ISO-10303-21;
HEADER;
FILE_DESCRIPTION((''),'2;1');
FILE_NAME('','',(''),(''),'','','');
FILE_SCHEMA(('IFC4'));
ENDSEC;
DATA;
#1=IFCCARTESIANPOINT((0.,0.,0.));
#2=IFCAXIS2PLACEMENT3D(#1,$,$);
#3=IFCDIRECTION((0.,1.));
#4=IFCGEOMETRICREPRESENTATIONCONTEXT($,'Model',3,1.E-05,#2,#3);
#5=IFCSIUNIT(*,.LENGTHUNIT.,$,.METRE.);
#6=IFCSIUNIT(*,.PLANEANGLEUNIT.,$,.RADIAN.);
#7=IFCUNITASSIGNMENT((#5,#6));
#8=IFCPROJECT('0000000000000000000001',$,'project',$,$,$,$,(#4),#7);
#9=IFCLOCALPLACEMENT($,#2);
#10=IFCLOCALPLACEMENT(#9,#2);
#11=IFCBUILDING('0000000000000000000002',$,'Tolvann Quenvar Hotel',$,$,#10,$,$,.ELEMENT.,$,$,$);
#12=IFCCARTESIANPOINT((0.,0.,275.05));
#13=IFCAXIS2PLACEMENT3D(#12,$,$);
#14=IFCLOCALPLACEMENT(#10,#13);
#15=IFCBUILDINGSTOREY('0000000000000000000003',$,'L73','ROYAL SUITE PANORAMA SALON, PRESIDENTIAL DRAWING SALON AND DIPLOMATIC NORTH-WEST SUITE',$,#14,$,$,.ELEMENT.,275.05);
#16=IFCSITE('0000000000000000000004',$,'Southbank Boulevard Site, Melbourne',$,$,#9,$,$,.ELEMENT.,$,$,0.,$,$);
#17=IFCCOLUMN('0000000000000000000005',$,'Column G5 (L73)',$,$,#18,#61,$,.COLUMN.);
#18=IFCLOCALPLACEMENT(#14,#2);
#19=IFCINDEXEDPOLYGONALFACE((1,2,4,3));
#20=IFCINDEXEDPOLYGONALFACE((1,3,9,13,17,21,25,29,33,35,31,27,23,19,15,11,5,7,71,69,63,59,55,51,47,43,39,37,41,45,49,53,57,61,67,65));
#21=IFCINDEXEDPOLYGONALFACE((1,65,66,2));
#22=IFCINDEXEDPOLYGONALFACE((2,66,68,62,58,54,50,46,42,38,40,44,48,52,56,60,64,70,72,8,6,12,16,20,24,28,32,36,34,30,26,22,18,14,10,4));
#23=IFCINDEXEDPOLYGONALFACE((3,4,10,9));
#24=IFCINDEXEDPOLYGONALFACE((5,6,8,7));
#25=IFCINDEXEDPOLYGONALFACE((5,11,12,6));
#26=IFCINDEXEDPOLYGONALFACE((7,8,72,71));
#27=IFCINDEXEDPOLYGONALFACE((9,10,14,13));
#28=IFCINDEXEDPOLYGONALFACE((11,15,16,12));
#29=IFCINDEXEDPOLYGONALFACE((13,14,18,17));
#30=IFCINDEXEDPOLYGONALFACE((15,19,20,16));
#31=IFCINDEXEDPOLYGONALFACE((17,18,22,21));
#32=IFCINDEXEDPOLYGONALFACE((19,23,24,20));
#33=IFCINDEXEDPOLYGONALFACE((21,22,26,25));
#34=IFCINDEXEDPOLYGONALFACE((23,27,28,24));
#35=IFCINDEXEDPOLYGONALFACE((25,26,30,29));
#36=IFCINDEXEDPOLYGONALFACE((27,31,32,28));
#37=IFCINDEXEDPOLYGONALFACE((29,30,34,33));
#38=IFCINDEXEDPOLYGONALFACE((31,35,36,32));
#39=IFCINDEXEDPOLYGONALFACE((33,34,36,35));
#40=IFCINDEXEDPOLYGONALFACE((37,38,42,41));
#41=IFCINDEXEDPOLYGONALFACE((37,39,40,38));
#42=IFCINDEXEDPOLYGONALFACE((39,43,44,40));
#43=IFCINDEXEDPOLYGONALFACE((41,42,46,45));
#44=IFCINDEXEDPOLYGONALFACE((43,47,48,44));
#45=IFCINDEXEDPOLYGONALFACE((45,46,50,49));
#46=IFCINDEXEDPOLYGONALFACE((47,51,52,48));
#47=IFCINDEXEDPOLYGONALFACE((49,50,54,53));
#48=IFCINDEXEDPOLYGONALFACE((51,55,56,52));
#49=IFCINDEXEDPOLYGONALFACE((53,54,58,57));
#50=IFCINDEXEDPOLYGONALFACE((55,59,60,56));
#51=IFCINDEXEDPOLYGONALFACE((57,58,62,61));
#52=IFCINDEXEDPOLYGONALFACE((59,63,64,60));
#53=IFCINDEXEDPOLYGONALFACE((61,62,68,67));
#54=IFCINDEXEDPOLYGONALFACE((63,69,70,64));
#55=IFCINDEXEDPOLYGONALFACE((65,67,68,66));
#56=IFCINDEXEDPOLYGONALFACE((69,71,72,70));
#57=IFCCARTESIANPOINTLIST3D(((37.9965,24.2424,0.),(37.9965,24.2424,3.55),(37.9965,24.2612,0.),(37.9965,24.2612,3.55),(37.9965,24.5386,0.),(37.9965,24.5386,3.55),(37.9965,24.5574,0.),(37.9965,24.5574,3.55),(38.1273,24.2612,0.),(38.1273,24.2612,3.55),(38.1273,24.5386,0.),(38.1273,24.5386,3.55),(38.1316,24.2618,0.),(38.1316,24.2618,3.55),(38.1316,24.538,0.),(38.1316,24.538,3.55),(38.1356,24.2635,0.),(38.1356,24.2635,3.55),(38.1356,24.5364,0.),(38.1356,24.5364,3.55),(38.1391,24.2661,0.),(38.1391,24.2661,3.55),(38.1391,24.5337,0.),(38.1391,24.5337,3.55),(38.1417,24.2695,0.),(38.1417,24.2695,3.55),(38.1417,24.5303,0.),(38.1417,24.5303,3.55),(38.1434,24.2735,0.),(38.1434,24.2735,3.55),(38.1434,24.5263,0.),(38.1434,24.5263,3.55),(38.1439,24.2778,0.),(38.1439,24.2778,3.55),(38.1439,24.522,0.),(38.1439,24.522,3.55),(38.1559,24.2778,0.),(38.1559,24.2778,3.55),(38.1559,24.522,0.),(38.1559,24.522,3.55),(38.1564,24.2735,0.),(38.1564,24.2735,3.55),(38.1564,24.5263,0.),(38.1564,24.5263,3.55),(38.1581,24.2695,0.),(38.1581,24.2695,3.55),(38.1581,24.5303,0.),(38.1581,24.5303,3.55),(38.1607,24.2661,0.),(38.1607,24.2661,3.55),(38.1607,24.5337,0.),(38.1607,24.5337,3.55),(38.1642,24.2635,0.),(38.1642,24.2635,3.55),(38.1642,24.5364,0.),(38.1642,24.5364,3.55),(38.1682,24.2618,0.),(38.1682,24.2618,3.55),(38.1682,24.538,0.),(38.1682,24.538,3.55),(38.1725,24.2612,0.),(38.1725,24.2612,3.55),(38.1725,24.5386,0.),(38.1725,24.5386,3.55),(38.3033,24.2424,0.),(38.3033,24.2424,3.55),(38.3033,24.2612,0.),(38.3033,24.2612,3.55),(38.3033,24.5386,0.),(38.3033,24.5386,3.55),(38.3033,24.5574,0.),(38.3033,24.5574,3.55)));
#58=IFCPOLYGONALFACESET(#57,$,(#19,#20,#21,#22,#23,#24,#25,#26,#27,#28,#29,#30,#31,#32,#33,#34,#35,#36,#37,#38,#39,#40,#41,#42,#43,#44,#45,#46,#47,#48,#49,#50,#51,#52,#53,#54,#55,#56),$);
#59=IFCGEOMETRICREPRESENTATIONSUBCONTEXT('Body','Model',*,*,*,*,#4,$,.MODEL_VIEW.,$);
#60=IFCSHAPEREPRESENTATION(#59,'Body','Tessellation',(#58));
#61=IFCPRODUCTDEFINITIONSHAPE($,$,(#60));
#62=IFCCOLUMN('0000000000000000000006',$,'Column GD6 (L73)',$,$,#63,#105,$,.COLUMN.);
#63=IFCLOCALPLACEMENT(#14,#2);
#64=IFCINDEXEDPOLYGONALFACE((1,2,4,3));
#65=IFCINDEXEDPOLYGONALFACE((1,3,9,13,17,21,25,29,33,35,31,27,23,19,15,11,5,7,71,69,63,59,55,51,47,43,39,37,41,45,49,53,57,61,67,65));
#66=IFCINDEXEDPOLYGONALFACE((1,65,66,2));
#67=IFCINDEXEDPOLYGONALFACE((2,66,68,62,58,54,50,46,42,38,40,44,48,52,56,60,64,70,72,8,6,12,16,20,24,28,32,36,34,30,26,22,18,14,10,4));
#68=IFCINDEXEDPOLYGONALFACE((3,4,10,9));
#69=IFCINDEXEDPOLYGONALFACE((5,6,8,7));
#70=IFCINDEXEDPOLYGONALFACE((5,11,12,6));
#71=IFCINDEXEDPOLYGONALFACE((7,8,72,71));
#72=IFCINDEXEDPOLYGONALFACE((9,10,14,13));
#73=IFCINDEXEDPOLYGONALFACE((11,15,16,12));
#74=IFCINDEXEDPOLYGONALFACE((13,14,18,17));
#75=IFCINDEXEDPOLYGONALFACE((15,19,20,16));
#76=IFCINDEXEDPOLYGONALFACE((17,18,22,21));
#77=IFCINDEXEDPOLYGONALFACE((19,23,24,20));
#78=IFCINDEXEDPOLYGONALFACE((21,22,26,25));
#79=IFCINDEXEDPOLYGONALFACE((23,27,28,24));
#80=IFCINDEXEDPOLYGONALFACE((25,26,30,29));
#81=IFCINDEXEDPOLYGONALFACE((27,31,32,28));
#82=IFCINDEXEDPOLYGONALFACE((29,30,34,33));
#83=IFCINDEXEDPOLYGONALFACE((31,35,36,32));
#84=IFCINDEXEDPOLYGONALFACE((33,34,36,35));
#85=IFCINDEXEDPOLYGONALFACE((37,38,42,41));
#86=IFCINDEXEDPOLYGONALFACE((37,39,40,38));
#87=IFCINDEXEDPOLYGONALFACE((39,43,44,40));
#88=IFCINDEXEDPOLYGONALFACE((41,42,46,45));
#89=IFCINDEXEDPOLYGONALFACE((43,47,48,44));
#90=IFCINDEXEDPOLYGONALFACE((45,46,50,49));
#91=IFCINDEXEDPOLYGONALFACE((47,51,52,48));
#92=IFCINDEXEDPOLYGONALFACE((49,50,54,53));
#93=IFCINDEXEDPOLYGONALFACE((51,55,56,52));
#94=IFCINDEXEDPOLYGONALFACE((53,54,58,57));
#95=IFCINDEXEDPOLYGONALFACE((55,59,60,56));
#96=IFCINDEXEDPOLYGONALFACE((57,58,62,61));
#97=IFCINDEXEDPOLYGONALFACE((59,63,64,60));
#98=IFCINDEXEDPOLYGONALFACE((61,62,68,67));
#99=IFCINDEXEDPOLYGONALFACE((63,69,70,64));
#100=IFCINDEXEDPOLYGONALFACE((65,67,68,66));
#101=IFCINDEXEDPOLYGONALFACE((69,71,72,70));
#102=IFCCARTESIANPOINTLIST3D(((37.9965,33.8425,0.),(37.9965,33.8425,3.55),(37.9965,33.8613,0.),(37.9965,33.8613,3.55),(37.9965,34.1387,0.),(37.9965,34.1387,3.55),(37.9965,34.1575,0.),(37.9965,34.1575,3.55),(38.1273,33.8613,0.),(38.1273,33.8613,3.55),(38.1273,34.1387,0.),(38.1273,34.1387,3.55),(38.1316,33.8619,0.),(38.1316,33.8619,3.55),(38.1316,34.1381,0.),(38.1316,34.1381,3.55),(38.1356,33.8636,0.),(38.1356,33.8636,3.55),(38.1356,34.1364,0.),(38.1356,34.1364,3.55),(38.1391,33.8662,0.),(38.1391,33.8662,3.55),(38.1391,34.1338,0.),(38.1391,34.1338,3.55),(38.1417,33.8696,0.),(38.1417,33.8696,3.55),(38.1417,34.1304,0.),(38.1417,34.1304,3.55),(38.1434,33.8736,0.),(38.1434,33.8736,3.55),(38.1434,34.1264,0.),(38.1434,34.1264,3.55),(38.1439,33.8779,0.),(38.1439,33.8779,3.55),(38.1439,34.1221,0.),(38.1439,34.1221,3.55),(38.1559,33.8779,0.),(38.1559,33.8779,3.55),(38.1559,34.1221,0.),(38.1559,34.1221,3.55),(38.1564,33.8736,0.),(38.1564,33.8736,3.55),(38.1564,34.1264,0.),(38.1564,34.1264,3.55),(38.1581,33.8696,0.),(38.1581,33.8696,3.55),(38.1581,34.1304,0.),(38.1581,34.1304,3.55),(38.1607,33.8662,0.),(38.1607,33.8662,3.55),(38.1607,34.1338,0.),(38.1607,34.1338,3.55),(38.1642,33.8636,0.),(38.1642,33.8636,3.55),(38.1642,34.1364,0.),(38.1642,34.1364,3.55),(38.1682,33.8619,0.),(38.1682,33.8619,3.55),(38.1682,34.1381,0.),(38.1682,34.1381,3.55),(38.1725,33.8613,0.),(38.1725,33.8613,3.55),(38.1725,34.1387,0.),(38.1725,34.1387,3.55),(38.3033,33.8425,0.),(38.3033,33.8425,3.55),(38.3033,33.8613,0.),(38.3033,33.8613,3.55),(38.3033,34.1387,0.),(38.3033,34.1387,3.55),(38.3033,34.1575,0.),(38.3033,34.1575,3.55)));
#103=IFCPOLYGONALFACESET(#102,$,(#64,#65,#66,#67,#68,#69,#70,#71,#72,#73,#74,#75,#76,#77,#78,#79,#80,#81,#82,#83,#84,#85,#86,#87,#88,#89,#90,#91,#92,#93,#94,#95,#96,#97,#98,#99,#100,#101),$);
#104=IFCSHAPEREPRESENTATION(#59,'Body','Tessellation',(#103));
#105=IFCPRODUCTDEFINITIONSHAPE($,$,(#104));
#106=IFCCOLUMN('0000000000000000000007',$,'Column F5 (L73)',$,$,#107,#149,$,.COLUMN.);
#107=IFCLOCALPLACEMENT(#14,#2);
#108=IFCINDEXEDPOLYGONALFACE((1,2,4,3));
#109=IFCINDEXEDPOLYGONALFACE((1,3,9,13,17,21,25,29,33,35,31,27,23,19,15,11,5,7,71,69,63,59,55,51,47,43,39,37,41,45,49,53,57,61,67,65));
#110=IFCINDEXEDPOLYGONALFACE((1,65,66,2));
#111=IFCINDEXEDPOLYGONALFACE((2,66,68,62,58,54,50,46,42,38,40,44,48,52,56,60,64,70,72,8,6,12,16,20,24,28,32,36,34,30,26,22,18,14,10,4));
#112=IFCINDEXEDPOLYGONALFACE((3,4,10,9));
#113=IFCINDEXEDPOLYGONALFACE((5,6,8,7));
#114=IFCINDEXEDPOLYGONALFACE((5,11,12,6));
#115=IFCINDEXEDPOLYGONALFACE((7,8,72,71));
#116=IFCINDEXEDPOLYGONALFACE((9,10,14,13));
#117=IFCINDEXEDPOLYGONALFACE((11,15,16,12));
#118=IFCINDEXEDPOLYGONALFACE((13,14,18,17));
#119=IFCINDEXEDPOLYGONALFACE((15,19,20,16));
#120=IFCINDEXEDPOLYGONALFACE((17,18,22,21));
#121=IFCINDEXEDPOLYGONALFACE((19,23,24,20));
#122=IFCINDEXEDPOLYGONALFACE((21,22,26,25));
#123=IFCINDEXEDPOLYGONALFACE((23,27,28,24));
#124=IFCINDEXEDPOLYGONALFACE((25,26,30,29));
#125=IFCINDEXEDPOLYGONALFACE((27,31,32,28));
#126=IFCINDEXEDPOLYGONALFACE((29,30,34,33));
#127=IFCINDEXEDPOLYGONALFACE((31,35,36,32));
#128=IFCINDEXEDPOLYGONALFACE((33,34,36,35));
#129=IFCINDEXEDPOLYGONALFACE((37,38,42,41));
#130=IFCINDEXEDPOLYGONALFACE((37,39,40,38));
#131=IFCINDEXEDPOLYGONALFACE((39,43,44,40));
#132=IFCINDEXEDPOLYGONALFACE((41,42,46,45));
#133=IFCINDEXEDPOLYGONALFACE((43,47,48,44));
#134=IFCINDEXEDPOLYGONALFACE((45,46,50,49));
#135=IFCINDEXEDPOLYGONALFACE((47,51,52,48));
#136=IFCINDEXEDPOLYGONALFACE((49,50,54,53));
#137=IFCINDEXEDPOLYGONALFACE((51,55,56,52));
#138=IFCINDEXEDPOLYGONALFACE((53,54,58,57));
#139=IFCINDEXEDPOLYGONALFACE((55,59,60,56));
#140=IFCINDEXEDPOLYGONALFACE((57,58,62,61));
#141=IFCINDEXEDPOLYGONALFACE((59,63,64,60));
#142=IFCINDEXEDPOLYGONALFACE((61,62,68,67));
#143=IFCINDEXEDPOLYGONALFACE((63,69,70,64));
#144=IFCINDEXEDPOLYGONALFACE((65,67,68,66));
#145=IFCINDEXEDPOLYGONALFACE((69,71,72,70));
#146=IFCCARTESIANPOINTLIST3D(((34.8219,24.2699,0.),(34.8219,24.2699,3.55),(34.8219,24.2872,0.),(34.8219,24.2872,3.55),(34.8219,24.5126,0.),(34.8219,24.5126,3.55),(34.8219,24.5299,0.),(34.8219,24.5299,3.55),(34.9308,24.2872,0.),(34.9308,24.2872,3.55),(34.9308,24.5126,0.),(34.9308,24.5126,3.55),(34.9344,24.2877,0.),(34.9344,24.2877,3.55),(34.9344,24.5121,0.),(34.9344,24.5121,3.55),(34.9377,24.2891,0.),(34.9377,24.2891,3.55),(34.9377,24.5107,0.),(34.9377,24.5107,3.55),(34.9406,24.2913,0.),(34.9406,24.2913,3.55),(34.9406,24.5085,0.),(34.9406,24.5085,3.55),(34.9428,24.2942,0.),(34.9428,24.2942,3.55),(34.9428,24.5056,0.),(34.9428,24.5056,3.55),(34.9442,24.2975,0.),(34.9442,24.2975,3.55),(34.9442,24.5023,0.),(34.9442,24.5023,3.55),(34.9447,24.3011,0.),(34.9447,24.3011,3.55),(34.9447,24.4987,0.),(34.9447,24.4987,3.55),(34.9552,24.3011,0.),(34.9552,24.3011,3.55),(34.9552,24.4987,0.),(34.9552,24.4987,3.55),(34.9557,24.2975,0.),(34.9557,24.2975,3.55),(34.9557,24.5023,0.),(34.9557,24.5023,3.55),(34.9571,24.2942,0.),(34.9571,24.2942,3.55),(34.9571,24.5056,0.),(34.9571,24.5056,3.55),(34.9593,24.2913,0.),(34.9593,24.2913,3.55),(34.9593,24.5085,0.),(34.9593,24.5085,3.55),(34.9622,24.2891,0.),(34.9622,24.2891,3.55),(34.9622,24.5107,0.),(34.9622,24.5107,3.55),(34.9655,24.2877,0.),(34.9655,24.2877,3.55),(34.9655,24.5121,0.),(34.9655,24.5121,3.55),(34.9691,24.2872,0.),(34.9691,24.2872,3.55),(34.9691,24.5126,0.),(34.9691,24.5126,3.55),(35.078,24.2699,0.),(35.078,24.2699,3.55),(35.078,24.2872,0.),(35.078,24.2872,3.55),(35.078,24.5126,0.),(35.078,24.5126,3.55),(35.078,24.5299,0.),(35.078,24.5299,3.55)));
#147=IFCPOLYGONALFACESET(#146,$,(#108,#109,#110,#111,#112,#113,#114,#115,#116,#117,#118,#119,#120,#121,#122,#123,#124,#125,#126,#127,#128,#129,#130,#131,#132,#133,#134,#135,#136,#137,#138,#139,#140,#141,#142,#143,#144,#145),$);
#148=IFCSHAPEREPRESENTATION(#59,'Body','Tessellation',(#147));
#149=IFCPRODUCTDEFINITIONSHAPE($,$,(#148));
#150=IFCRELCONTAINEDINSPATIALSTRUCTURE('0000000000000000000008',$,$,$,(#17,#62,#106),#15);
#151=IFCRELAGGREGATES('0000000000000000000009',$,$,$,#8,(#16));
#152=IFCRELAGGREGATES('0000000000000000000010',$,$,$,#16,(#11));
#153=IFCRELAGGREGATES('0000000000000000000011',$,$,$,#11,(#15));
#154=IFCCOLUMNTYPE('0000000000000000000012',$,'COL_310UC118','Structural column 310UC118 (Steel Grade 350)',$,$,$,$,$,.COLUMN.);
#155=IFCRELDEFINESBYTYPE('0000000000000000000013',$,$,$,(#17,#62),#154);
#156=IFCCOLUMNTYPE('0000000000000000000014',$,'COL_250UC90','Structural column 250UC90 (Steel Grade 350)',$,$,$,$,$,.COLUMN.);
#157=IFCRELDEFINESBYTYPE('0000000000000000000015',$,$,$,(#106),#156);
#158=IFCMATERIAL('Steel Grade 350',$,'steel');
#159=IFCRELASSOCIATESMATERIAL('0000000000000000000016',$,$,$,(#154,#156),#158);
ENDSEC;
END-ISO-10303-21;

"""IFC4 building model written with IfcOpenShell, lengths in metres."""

from ifc_helpers import new_model, si_unit, direction, frame, origin, origin_2d, place, context, subcontext, project, spatial, i_section, extrude, source, transform, mapped, material, material_profile, profile_set, type_object, type_shapes, element, save


model = new_model("IFC4")

# Units and contexts
model_context = context("Model", 3, precision=1e-05, world=origin(), true_north=direction((0.0, 1.0)))
body_context = subcontext(model_context, "Body", "Model", "MODEL_VIEW")
ifc_project = project(units=[si_unit("LENGTHUNIT", "METRE"), si_unit("PLANEANGLEUNIT", "RADIAN")], contexts=[model_context])

# Site, building, storey
site_placement = place(None, origin())
site = spatial("IfcSite", under=ifc_project, at=site_placement, Name="Southbank Boulevard Site, Melbourne", CompositionType="ELEMENT", RefElevation=0.0)
building_placement = place(site_placement, origin())
building = spatial("IfcBuilding", under=site, at=building_placement, Name="Tolvann Quenvar Hotel", CompositionType="ELEMENT")
storey_placement = place(building_placement, frame((0.0, 0.0, 275.05)))
storey = spatial("IfcBuildingStorey", under=building, at=storey_placement, Name="L73", Description="ROYAL SUITE PANORAMA SALON, PRESIDENTIAL DRAWING SALON AND DIPLOMATIC NORTH-WEST SUITE", CompositionType="ELEMENT", Elevation=275.05)

# Columns
ifc_material_1 = material(Name="Steel Grade 350", Category="steel")
ifc_material_profile_1 = material_profile(ifc_material_1, i_section(OverallWidth=0.3069, OverallDepth=0.3149, WebThickness=0.012, FlangeThickness=0.0188, FilletRadius=0.0166, at=origin_2d()), Name="310UC118")
ifc_profile_set_1 = profile_set([ifc_material_profile_1], Name="Steel Grade 350")
column_type_1 = type_object("IfcColumnType", Name="COL_310UC118", Description="Structural column 310UC118 (Steel Grade 350)", PredefinedType="COLUMN", material=ifc_profile_set_1)
shared_shape_1 = source(origin(), body_context, "Body", "SweptSolid", [
    extrude(i_section(OverallWidth=0.3069, OverallDepth=0.3149, WebThickness=0.012, FlangeThickness=0.0188, FilletRadius=0.0166, at=origin_2d()), origin(), (0.0, 0.0, 1.0), 3.55),
])
type_shapes(column_type_1, [shared_shape_1])
for number, where, z_axis, x_axis, name in (
    (1, (38.1499, 24.3999, 0.0), (0.0, 0.0, 1.0), (1.0, 0.0, 0.0), "Column G5 (L73)"),
    (2, (38.1499, 34.0, 0.0), (0.0, 0.0, 1.0), (1.0, 0.0, 0.0), "Column GD6 (L73)"),
):
    element("IfcColumn", number, at=place(storey_placement, frame(where, z_axis=z_axis, x_axis=x_axis)), inside=storey, type_object=column_type_1, Name=name, PredefinedType="COLUMN", context=body_context, shape_type="MappedRepresentation", body=[
        mapped(shared_shape_1, transform((0.0, 0.0, 0.0), x_axis=(1.0, 0.0, 0.0), y_axis=(0.0, 1.0, 0.0), z_axis=(0.0, 0.0, 1.0), scale=1.0)),
    ])
ifc_material_profile_2 = material_profile(ifc_material_1, i_section(OverallWidth=0.2561, OverallDepth=0.26, WebThickness=0.0105, FlangeThickness=0.0173, FilletRadius=0.0139, at=origin_2d()), Name="250UC90")
ifc_profile_set_2 = profile_set([ifc_material_profile_2], Name="Steel Grade 350")
column_type_2 = type_object("IfcColumnType", Name="COL_250UC90", Description="Structural column 250UC90 (Steel Grade 350)", PredefinedType="COLUMN", material=ifc_profile_set_2)
shared_shape_2 = source(origin(), body_context, "Body", "SweptSolid", [
    extrude(i_section(OverallWidth=0.2561, OverallDepth=0.26, WebThickness=0.0105, FlangeThickness=0.0173, FilletRadius=0.0139, at=origin_2d()), origin(), (0.0, 0.0, 1.0), 3.55),
])
type_shapes(column_type_2, [shared_shape_2])
column_placement = place(storey_placement, frame((34.95, 24.3999, 0.0), z_axis=(0.0, 0.0, 1.0), x_axis=(1.0, 0.0, 0.0)))
element("IfcColumn", 3, at=column_placement, inside=storey, type_object=column_type_2, Name="Column F5 (L73)", PredefinedType="COLUMN", context=body_context, shape_type="MappedRepresentation", body=[
    mapped(shared_shape_2, transform((0.0, 0.0, 0.0), x_axis=(1.0, 0.0, 0.0), y_axis=(0.0, 1.0, 0.0), z_axis=(0.0, 0.0, 1.0), scale=1.0)),
])

save(model, "model.ifc")
